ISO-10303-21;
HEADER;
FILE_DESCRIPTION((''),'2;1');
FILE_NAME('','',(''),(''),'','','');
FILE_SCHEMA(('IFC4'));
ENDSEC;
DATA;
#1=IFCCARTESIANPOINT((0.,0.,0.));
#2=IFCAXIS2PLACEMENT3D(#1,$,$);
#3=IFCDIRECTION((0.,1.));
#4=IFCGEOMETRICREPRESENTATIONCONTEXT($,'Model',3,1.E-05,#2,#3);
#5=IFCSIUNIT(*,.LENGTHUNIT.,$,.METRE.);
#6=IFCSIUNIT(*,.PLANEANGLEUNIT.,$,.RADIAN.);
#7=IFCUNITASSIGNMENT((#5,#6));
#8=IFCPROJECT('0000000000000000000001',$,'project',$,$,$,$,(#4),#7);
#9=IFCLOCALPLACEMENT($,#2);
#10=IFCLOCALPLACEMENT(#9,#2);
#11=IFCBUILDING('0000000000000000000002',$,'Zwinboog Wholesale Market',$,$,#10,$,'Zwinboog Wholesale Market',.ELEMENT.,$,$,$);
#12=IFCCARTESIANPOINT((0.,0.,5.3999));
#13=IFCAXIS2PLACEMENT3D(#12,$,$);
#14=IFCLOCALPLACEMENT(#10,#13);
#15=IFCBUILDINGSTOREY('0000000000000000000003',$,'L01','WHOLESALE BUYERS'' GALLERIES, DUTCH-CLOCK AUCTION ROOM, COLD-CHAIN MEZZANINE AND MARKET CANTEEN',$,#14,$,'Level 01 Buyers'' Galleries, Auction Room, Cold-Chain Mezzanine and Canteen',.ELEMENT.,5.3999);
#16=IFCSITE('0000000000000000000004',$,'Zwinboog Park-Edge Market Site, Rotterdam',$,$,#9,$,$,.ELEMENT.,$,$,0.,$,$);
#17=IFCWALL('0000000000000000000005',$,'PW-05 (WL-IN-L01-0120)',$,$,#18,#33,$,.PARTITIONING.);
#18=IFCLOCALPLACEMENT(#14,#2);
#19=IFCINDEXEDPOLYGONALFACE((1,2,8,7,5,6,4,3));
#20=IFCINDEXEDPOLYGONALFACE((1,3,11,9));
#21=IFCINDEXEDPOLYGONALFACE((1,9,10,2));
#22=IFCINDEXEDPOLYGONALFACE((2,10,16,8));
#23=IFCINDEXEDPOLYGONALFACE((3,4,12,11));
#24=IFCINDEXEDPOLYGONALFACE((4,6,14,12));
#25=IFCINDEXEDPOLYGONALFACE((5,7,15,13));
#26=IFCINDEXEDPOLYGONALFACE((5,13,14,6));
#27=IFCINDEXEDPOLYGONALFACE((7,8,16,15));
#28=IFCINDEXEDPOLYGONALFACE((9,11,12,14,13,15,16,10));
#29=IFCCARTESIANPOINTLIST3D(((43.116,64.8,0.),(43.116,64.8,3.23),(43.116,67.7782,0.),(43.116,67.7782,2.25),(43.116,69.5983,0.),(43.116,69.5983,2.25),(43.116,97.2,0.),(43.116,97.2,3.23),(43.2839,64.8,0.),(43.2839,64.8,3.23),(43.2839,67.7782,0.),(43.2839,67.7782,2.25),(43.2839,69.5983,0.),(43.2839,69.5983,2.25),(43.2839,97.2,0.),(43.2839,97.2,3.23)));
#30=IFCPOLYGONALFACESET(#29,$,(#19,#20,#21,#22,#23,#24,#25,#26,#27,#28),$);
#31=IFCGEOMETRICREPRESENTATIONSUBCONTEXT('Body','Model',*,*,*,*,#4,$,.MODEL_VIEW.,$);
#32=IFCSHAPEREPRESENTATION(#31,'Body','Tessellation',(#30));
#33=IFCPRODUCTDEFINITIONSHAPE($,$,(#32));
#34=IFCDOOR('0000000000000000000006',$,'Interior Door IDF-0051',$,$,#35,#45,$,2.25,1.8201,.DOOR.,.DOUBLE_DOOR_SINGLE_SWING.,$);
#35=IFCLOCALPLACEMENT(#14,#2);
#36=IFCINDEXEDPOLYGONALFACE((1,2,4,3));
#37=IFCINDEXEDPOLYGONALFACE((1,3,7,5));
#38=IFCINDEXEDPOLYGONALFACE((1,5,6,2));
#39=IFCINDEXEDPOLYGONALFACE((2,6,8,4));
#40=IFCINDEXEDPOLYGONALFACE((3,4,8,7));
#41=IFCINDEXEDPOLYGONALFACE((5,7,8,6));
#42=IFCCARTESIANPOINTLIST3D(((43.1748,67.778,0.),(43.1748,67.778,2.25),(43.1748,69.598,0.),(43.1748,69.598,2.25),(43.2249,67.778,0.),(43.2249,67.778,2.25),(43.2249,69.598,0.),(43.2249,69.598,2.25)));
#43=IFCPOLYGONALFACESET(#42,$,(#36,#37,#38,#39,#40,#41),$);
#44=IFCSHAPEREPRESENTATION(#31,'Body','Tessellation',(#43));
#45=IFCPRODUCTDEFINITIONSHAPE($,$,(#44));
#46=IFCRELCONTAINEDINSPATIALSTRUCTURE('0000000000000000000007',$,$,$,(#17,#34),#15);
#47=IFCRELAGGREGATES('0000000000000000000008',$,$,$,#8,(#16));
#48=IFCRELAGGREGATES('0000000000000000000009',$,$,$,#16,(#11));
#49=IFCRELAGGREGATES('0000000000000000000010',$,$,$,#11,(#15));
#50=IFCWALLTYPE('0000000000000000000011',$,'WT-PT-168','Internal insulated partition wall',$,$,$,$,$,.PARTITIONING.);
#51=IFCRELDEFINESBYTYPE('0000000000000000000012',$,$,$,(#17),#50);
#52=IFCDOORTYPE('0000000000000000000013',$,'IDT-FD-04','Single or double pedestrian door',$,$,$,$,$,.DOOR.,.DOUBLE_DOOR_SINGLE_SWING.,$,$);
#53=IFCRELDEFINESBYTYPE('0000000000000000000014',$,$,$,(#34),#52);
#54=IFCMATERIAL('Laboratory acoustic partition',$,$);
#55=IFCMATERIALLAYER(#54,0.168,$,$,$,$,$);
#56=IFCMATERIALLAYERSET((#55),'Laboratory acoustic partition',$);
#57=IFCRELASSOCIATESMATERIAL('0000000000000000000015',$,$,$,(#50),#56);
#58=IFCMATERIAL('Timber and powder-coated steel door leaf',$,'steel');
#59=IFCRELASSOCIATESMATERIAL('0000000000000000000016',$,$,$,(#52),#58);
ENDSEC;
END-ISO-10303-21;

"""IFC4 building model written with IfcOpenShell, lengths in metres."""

from ifc_helpers import new_model, si_unit, direction, frame, frame_2d, origin, place, context, subcontext, project, spatial, rectangle, extrude, material, layer, layer_set, type_object, element, fill, save


model = new_model("IFC4")

# Units and contexts
model_context = context("Model", 3, precision=1e-05, world=origin(), true_north=direction((0.0, 1.0)))
body_context = subcontext(model_context, "Body", "Model", "MODEL_VIEW")
ifc_project = project(units=[si_unit("LENGTHUNIT", "METRE"), si_unit("PLANEANGLEUNIT", "RADIAN")], contexts=[model_context])

# Site, building, storey
site_placement = place(None, origin())
site = spatial("IfcSite", under=ifc_project, at=site_placement, Name="Zwinboog Park-Edge Market Site, Rotterdam", CompositionType="ELEMENT", RefElevation=0.0)
building_placement = place(site_placement, origin())
building = spatial("IfcBuilding", under=site, at=building_placement, Name="Zwinboog Wholesale Market", LongName="Zwinboog Wholesale Market", CompositionType="ELEMENT")
storey_placement = place(building_placement, frame((0.0, 0.0, 5.3999)))
storey = spatial("IfcBuildingStorey", under=building, at=storey_placement, Name="L01", Description="WHOLESALE BUYERS' GALLERIES, DUTCH-CLOCK AUCTION ROOM, COLD-CHAIN MEZZANINE AND MARKET CANTEEN", LongName="Level 01 Buyers' Galleries, Auction Room, Cold-Chain Mezzanine and Canteen", CompositionType="ELEMENT", Elevation=5.3999)

# Wall, opening, door
ifc_material_1 = material(Name="Timber and powder-coated steel door leaf", Category="steel")
ifc_material_2 = material(Name="Laboratory acoustic partition")
ifc_layer_1 = layer(ifc_material_2, 0.168)
ifc_layer_set_1 = layer_set([ifc_layer_1], Name="Laboratory acoustic partition")
wall_type_1 = type_object("IfcWallType", Name="WT-PT-168", Description="Internal insulated partition wall", PredefinedType="PARTITIONING", material=ifc_layer_set_1)
wall_1_placement = place(storey_placement, frame((43.2, 64.8, 0.0), z_axis=(0.0, 0.0, 1.0), x_axis=(0.0, 1.0, 0.0)))
wall_1 = element("IfcWall", 1, at=wall_1_placement, inside=storey, type_object=wall_type_1, Name="PW-05 (WL-IN-L01-0120)", PredefinedType="PARTITIONING", context=body_context, shape_type="SweptSolid", body=[
    extrude(rectangle(XDim=32.3999, YDim=0.168, at=frame_2d((16.2, 0.0))), origin(), (0.0, 0.0, 1.0), 3.23),
])
opening_1_placement = place(wall_1_placement, frame((2.978, 0.0, 0.0)))
opening_1 = element("IfcOpeningElement", 2, at=opening_1_placement, cuts=wall_1, PredefinedType="OPENING", context=body_context, shape_type="SweptSolid", body=[
    extrude(rectangle(XDim=1.8201, YDim=2.25, at=frame_2d((0.9102, 1.125))), frame((0.0, 0.094, 0.0), z_axis=(0.0, -1.0, 0.0), x_axis=(1.0, 0.0, 0.0)), (0.0, 0.0, 1.0), 0.188),
])
door_type_1 = type_object("IfcDoorType", Name="IDT-FD-04", Description="Single or double pedestrian door", OperationType="DOUBLE_DOOR_SINGLE_SWING", PredefinedType="DOOR", material=ifc_material_1)
door_1_placement = place(opening_1_placement, frame((1.8201, 0.0, 0.0), z_axis=(0.0, 0.0, 1.0), x_axis=(-1.0, 0.0, 0.0)))
door_1 = element("IfcDoor", 3, at=door_1_placement, inside=storey, type_object=door_type_1, Name="Interior Door IDF-0051", OperationType="DOUBLE_DOOR_SINGLE_SWING", OverallHeight=2.25, OverallWidth=1.8201, PredefinedType="DOOR", context=body_context, shape_type="SweptSolid", body=[
    extrude(rectangle(XDim=1.8201, YDim=2.25, at=frame_2d((0.9102, 1.125))), frame((0.0, 0.0249, 0.0), z_axis=(0.0, -1.0, 0.0), x_axis=(1.0, 0.0, 0.0)), (0.0, 0.0, 1.0), 0.05),
])
fill(opening_1, door_1)

save(model, "model.ifc")
